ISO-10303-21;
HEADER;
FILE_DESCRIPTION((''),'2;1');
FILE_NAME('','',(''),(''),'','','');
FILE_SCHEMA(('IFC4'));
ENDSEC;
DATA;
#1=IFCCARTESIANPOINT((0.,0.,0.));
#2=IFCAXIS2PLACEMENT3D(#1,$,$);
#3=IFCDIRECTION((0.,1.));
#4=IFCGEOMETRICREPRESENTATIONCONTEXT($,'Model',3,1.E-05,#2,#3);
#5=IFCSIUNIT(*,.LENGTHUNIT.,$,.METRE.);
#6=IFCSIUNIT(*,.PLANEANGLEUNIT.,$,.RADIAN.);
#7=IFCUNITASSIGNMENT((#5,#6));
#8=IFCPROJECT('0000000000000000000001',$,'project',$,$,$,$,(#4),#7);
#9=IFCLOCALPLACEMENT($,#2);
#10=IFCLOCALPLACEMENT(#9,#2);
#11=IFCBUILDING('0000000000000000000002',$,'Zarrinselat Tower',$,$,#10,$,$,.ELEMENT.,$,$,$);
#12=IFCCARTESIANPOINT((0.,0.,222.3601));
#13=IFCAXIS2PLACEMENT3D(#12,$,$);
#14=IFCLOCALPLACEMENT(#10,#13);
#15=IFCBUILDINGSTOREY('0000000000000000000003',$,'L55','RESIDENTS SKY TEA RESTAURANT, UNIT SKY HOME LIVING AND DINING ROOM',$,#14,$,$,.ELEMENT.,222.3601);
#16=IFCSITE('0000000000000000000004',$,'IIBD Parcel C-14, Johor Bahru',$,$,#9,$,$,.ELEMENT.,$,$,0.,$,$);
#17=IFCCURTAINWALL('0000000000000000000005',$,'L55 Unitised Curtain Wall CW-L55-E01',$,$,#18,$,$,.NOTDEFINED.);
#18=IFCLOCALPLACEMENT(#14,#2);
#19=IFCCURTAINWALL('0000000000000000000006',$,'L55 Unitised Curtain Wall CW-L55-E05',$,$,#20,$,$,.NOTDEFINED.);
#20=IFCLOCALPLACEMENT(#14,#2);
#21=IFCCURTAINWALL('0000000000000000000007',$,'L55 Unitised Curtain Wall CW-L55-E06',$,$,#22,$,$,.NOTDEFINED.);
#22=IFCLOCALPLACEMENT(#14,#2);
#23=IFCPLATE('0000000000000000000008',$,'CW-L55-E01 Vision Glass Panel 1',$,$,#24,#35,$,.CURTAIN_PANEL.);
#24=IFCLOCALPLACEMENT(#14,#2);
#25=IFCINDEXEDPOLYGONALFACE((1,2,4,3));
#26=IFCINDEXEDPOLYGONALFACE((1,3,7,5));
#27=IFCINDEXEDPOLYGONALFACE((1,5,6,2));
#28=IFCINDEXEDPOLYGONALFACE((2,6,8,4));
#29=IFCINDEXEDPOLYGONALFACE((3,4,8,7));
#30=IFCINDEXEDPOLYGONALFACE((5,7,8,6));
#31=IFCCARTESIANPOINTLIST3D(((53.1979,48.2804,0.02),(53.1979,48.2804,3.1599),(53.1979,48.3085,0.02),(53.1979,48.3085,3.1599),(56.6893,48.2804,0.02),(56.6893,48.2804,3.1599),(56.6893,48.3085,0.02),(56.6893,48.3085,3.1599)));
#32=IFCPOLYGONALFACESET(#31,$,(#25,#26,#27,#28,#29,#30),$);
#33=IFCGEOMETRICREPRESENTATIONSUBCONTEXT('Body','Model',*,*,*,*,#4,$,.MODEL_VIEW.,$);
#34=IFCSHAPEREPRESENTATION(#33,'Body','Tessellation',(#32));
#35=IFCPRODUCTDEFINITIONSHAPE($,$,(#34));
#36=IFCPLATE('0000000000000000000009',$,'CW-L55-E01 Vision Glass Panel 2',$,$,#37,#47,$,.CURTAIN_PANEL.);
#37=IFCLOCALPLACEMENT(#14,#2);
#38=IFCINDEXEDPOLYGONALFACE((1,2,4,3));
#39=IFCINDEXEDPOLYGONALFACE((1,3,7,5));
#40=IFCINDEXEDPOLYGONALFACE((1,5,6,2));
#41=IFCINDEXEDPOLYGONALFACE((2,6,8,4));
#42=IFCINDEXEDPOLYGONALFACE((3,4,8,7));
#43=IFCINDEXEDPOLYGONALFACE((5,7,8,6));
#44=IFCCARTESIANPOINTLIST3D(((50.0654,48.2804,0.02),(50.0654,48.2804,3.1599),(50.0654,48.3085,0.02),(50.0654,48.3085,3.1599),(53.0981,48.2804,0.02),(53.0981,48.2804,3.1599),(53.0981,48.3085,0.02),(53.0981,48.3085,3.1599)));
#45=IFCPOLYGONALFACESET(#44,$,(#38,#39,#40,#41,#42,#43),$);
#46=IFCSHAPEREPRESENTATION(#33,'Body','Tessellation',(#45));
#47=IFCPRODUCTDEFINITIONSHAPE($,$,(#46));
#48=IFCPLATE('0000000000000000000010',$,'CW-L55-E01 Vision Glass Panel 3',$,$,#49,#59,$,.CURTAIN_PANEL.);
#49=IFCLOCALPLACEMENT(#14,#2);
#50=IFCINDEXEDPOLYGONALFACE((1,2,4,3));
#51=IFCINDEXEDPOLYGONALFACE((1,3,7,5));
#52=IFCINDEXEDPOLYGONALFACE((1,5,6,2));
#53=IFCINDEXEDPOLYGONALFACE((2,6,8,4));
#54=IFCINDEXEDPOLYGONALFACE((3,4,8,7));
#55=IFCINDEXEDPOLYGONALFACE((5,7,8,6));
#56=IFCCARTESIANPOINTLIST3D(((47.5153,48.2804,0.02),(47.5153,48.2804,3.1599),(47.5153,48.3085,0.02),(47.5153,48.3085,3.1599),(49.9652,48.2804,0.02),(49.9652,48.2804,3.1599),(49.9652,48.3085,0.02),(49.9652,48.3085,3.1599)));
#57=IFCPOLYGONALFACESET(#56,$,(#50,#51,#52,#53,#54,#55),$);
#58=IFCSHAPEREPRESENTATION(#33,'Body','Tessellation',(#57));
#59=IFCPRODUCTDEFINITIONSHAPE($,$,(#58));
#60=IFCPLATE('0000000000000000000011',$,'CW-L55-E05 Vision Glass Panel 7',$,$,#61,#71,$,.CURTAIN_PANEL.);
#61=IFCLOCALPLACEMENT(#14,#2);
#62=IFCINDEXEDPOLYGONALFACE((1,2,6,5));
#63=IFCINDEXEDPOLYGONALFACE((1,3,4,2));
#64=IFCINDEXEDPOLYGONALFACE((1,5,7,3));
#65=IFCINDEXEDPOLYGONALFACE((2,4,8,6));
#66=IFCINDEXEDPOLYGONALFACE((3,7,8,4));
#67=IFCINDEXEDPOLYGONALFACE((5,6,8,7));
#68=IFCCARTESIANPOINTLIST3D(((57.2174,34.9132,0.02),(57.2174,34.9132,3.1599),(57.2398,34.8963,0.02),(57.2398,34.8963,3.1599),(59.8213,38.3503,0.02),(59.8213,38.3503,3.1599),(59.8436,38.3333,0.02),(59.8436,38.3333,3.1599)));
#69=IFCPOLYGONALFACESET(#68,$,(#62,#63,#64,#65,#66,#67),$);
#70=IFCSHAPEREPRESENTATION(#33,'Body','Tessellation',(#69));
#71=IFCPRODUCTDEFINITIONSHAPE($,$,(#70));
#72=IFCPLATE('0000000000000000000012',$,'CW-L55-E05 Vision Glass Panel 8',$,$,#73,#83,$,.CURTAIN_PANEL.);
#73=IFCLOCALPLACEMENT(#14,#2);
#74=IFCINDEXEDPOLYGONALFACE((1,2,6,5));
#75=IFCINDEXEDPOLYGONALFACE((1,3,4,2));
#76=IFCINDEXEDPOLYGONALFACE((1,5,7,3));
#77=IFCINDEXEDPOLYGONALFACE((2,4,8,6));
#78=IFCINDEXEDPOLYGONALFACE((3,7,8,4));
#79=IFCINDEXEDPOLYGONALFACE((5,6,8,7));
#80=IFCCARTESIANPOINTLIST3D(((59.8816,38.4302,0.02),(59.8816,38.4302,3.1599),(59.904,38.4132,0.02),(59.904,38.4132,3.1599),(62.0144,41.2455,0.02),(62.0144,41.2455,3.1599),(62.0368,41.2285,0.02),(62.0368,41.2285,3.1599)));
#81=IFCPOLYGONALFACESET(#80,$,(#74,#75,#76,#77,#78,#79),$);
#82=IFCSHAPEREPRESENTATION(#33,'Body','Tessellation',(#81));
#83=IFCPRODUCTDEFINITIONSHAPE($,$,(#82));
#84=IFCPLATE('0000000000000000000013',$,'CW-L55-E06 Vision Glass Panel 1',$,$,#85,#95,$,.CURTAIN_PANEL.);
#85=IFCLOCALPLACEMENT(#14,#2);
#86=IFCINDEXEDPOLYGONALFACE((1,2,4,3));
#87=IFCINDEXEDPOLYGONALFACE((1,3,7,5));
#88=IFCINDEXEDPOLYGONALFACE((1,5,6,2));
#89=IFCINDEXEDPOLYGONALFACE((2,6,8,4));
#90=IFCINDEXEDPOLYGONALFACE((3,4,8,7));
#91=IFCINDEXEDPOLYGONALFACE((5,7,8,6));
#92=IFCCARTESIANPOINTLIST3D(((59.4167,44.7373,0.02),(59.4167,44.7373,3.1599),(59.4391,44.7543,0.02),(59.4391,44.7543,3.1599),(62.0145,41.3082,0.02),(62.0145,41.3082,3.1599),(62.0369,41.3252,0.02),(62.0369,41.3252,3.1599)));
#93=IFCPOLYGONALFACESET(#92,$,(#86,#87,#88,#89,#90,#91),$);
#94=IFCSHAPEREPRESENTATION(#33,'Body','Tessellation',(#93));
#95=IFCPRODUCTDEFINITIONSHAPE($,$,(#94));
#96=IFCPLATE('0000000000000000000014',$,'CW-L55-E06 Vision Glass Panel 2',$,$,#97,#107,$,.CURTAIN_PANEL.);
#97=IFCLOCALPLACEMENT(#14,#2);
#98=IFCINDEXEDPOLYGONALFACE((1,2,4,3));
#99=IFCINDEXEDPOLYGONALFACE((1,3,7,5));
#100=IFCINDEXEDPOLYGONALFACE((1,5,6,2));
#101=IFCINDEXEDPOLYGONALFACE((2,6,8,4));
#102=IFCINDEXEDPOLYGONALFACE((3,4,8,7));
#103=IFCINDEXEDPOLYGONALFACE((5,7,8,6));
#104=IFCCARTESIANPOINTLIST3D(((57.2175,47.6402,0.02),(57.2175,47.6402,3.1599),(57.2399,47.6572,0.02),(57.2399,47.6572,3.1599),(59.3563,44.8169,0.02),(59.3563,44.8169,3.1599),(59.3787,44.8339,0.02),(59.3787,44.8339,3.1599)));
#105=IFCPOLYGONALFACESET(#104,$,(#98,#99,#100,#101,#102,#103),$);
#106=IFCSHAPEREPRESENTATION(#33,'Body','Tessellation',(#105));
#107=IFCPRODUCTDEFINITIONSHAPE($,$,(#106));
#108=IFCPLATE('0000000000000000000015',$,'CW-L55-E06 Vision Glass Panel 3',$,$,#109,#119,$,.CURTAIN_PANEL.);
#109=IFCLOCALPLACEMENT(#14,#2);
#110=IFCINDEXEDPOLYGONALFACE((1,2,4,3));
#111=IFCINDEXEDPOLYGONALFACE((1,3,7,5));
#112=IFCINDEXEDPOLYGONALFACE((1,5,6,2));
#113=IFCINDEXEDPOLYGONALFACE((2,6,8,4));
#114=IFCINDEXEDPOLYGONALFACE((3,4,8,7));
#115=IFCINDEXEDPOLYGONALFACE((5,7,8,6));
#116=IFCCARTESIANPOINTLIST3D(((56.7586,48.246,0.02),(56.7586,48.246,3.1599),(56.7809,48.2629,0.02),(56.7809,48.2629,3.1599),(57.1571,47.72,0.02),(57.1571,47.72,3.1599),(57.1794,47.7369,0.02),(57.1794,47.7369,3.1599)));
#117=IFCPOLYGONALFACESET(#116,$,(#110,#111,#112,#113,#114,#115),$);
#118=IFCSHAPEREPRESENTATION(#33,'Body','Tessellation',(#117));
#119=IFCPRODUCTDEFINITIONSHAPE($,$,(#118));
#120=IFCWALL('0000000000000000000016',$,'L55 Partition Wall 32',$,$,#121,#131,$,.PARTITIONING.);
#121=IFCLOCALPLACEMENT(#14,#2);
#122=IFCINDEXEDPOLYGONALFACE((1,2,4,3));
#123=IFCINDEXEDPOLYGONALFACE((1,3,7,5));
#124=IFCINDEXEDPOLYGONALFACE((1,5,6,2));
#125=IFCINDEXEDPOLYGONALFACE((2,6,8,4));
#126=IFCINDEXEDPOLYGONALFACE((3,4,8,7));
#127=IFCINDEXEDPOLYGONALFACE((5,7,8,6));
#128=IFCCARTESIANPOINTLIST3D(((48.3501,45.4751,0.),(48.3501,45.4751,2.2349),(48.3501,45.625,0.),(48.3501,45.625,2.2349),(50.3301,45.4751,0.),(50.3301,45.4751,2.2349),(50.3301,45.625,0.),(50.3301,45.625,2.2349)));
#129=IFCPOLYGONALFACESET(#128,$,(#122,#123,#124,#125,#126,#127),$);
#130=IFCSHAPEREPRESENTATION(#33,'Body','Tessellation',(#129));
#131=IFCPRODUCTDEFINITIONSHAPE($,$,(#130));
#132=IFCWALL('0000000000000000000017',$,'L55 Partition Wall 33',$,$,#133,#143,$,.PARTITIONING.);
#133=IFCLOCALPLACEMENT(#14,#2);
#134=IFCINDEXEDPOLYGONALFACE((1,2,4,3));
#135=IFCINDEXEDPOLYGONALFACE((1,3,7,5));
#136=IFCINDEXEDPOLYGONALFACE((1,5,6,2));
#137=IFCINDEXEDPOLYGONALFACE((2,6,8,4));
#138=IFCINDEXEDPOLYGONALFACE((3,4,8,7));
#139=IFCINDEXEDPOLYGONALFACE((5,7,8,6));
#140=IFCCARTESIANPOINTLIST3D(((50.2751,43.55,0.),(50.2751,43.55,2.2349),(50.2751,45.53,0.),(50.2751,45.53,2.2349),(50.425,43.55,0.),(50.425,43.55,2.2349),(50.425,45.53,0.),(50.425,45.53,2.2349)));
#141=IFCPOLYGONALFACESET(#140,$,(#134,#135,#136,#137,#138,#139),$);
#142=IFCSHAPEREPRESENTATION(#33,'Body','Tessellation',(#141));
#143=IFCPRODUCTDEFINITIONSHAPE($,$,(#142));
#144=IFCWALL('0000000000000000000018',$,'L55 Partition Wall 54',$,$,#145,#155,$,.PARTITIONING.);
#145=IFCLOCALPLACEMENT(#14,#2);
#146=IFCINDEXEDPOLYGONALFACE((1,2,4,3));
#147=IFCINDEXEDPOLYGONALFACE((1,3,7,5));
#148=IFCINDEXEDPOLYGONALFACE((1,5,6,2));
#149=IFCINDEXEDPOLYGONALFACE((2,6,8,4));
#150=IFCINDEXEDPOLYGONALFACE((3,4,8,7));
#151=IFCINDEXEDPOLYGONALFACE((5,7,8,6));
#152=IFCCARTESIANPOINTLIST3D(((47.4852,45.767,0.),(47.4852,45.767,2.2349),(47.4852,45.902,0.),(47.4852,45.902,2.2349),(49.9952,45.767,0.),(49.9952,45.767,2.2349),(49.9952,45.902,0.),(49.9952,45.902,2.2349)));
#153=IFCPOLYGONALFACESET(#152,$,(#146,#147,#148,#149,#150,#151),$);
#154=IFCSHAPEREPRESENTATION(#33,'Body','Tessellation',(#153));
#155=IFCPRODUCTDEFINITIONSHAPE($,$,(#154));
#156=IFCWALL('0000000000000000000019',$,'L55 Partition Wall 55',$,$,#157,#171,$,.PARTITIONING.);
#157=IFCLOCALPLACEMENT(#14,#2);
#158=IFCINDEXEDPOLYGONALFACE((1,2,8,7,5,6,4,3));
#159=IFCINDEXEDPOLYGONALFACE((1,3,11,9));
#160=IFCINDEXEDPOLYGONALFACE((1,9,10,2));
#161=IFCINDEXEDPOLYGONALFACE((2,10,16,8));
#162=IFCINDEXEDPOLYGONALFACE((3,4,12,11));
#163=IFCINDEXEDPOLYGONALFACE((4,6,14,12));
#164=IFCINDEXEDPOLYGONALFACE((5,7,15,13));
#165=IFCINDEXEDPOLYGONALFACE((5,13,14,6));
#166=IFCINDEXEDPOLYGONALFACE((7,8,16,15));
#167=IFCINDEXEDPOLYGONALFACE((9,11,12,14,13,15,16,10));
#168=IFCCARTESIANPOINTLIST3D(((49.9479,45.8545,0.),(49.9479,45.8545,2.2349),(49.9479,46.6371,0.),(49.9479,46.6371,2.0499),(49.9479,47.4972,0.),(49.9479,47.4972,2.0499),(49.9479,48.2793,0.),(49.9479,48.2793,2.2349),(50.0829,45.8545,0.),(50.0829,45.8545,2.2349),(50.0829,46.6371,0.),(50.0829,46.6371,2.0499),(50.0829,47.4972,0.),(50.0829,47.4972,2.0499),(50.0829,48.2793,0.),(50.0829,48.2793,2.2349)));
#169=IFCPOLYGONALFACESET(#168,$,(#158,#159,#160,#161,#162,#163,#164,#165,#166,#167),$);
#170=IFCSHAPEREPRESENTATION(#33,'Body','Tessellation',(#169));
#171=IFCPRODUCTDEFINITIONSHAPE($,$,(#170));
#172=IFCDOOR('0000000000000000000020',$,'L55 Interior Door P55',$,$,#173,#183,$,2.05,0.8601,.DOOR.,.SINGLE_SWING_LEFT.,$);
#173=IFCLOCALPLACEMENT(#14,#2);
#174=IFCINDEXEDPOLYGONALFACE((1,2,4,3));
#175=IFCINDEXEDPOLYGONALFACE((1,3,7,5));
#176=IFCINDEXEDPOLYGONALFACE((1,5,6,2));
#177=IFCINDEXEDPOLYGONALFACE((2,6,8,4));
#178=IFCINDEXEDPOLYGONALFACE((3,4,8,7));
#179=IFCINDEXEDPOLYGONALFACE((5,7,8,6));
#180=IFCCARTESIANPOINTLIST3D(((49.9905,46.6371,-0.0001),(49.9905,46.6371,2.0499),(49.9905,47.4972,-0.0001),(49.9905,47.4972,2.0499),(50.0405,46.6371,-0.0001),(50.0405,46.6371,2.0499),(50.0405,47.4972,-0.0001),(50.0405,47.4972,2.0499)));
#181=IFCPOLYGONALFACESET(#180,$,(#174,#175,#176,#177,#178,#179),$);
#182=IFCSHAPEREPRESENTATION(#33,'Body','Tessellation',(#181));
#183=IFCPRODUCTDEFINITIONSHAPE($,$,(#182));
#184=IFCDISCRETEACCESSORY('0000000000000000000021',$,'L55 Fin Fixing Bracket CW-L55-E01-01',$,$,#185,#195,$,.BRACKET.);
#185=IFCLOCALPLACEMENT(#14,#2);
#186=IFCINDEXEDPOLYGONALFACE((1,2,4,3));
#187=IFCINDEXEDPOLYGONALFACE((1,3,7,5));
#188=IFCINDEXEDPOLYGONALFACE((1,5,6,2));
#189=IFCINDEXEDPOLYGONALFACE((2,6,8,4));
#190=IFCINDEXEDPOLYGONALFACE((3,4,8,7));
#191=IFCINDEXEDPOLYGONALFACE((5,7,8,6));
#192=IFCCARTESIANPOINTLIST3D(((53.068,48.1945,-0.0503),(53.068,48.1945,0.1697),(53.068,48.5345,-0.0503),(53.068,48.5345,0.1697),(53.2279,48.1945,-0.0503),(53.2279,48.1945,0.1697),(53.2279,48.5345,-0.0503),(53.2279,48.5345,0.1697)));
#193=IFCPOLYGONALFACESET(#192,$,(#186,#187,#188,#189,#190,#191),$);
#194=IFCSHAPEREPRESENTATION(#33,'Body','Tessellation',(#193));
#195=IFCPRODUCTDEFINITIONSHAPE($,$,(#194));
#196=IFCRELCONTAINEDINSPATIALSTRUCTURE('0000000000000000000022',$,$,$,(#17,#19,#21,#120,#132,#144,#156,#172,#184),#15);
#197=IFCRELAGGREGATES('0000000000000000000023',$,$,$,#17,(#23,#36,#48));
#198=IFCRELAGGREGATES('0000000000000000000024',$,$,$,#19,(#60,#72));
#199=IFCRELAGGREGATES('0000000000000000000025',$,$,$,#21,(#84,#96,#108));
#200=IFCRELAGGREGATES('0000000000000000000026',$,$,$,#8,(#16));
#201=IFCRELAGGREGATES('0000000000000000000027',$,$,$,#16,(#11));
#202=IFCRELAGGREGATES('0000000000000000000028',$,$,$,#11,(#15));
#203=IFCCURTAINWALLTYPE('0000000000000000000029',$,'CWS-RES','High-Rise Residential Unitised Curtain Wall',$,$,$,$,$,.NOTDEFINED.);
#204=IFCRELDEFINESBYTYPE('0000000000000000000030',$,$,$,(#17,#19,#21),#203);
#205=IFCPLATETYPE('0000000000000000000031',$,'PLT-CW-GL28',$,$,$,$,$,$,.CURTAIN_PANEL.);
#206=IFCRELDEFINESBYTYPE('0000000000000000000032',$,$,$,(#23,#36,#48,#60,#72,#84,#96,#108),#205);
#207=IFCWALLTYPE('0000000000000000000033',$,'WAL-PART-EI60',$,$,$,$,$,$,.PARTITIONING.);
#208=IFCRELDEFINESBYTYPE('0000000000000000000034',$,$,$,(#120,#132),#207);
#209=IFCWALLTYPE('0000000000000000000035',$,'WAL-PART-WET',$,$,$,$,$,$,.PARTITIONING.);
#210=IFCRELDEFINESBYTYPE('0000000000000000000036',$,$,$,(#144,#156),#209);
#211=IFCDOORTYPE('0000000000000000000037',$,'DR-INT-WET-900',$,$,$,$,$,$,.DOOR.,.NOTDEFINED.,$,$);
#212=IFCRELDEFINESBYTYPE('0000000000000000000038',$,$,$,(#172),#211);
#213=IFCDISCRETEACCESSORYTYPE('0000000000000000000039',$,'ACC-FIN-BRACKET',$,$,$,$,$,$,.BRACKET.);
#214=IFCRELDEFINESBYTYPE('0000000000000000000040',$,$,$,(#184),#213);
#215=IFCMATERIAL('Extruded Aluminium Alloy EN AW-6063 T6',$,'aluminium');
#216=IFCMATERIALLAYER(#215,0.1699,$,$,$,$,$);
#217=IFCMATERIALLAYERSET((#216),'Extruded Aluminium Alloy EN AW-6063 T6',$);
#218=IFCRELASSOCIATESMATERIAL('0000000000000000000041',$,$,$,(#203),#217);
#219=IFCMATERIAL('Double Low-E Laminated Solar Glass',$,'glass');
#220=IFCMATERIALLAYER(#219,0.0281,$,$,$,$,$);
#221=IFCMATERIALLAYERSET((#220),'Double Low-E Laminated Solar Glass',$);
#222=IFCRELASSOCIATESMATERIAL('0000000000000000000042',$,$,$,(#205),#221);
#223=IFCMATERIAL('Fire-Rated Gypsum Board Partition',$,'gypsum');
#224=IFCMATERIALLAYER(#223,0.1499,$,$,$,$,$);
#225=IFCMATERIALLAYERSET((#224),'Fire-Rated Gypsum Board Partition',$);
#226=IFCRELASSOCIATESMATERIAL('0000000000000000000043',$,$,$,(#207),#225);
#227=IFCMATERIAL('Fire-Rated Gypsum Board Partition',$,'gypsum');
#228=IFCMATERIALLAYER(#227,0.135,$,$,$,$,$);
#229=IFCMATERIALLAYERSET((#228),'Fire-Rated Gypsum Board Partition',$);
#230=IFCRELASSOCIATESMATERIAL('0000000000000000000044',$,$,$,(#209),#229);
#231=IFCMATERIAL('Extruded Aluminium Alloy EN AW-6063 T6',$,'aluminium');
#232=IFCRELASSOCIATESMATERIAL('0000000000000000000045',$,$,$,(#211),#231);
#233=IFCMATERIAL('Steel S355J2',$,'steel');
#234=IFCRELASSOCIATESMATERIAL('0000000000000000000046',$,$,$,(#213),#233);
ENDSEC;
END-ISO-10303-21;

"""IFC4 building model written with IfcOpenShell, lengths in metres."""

from ifc_helpers import new_model, si_unit, direction, frame, frame_2d, origin, origin_2d, place, context, subcontext, project, spatial, rectangle, extrude, material, layer, layer_set, type_object, element, fill, aggregate, save


model = new_model("IFC4")

# Units and contexts
model_context = context("Model", 3, precision=1e-05, world=origin(), true_north=direction((0.0, 1.0)))
body_context = subcontext(model_context, "Body", "Model", "MODEL_VIEW")
ifc_project = project(units=[si_unit("LENGTHUNIT", "METRE"), si_unit("PLANEANGLEUNIT", "RADIAN")], contexts=[model_context])

# Site, building, storey
site_placement = place(None, origin())
site = spatial("IfcSite", under=ifc_project, at=site_placement, Name="IIBD Parcel C-14, Johor Bahru", CompositionType="ELEMENT", RefElevation=0.0)
building_placement = place(site_placement, origin())
building = spatial("IfcBuilding", under=site, at=building_placement, Name="Zarrinselat Tower", CompositionType="ELEMENT")
storey_placement = place(building_placement, frame((0.0, 0.0, 222.3601)))
storey = spatial("IfcBuildingStorey", under=building, at=storey_placement, Name="L55", Description="RESIDENTS SKY TEA RESTAURANT, UNIT SKY HOME LIVING AND DINING ROOM", CompositionType="ELEMENT", Elevation=222.3601)

# Curtain walls
ifc_material_1 = material(Name="Extruded Aluminium Alloy EN AW-6063 T6", Category="aluminium")
ifc_layer_1 = layer(ifc_material_1, 0.1699)
ifc_layer_set_1 = layer_set([ifc_layer_1], Name="Extruded Aluminium Alloy EN AW-6063 T6")
curtain_wall_type = type_object("IfcCurtainWallType", Name="CWS-RES", Description="High-Rise Residential Unitised Curtain Wall", PredefinedType="NOTDEFINED", material=ifc_layer_set_1)
curtain_wall_1_placement = place(storey_placement, origin())
curtain_wall_1 = element("IfcCurtainWall", 1, at=curtain_wall_1_placement, inside=storey, type_object=curtain_wall_type, Name="L55 Unitised Curtain Wall CW-L55-E01", PredefinedType="NOTDEFINED")
curtain_wall_2_placement = place(storey_placement, origin())
curtain_wall_2 = element("IfcCurtainWall", 2, at=curtain_wall_2_placement, inside=storey, type_object=curtain_wall_type, Name="L55 Unitised Curtain Wall CW-L55-E05", PredefinedType="NOTDEFINED")
curtain_wall_3_placement = place(storey_placement, origin())
curtain_wall_3 = element("IfcCurtainWall", 3, at=curtain_wall_3_placement, inside=storey, type_object=curtain_wall_type, Name="L55 Unitised Curtain Wall CW-L55-E06", PredefinedType="NOTDEFINED")

# Plates
ifc_material_2 = material(Name="Double Low-E Laminated Solar Glass", Category="glass")
ifc_layer_2 = layer(ifc_material_2, 0.0281)
ifc_layer_set_2 = layer_set([ifc_layer_2], Name="Double Low-E Laminated Solar Glass")
plate_type = type_object("IfcPlateType", Name="PLT-CW-GL28", PredefinedType="CURTAIN_PANEL", material=ifc_layer_set_2)
plate_1_placement = place(storey_placement, frame((54.9436, 48.2944, 0.02), z_axis=(0.0, 0.0, 1.0), x_axis=(-1.0, 0.0, 0.0)))
plate_1 = element("IfcPlate", 4, at=plate_1_placement, type_object=plate_type, Name="CW-L55-E01 Vision Glass Panel 1", PredefinedType="CURTAIN_PANEL", context=body_context, shape_type="SweptSolid", body=[
    extrude(rectangle(XDim=3.4915, YDim=0.0281, at=origin_2d()), origin(), (0.0, 0.0, 1.0), 3.1399),
])
plate_2_placement = place(storey_placement, frame((51.5818, 48.2944, 0.02), z_axis=(0.0, 0.0, 1.0), x_axis=(-1.0, 0.0, 0.0)))
plate_2 = element("IfcPlate", 5, at=plate_2_placement, type_object=plate_type, Name="CW-L55-E01 Vision Glass Panel 2", PredefinedType="CURTAIN_PANEL", context=body_context, shape_type="SweptSolid", body=[
    extrude(rectangle(XDim=3.0327, YDim=0.0281, at=origin_2d()), origin(), (0.0, 0.0, 1.0), 3.1399),
])
plate_3_placement = place(storey_placement, frame((48.7402, 48.2944, 0.02), z_axis=(0.0, 0.0, 1.0), x_axis=(-1.0, 0.0, 0.0)))
plate_3 = element("IfcPlate", 6, at=plate_3_placement, type_object=plate_type, Name="CW-L55-E01 Vision Glass Panel 3", PredefinedType="CURTAIN_PANEL", context=body_context, shape_type="SweptSolid", body=[
    extrude(rectangle(XDim=2.45, YDim=0.0281, at=origin_2d()), origin(), (0.0, 0.0, 1.0), 3.1399),
])
aggregate(curtain_wall_1, [plate_1, plate_2, plate_3])
plate_4_placement = place(storey_placement, frame((58.5305, 36.6233, 0.02), z_axis=(0.0, 0.0, 1.0), x_axis=(0.603859, 0.797091, 0.0)))
plate_4 = element("IfcPlate", 7, at=plate_4_placement, type_object=plate_type, Name="CW-L55-E05 Vision Glass Panel 7", PredefinedType="CURTAIN_PANEL", context=body_context, shape_type="SweptSolid", body=[
    extrude(rectangle(XDim=4.312, YDim=0.0281, at=origin_2d()), origin(), (0.0, 0.0, 1.0), 3.1399),
])
plate_5_placement = place(storey_placement, frame((60.9592, 39.8293, 0.02), z_axis=(0.0, 0.0, 1.0), x_axis=(0.603859, 0.797091, 0.0)))
plate_5 = element("IfcPlate", 8, at=plate_5_placement, type_object=plate_type, Name="CW-L55-E05 Vision Glass Panel 8", PredefinedType="CURTAIN_PANEL", context=body_context, shape_type="SweptSolid", body=[
    extrude(rectangle(XDim=3.532, YDim=0.0281, at=origin_2d()), origin(), (0.0, 0.0, 1.0), 3.1399),
])
aggregate(curtain_wall_2, [plate_4, plate_5])
plate_6_placement = place(storey_placement, frame((60.7268, 43.0312, 0.02), z_axis=(0.0, 0.0, 1.0), x_axis=(-0.60386, 0.79709, 0.0)))
plate_6 = element("IfcPlate", 9, at=plate_6_placement, type_object=plate_type, Name="CW-L55-E06 Vision Glass Panel 1", PredefinedType="CURTAIN_PANEL", context=body_context, shape_type="SweptSolid", body=[
    extrude(rectangle(XDim=4.302, YDim=0.0281, at=origin_2d()), origin(), (0.0, 0.0, 1.0), 3.1399),
])
plate_7_placement = place(storey_placement, frame((58.2981, 46.2371, 0.02), z_axis=(0.0, 0.0, 1.0), x_axis=(-0.60386, 0.79709, 0.0)))
plate_7 = element("IfcPlate", 10, at=plate_7_placement, type_object=plate_type, Name="CW-L55-E06 Vision Glass Panel 2", PredefinedType="CURTAIN_PANEL", context=body_context, shape_type="SweptSolid", body=[
    extrude(rectangle(XDim=3.542, YDim=0.0281, at=origin_2d()), origin(), (0.0, 0.0, 1.0), 3.1399),
])
plate_8_placement = place(storey_placement, frame((56.969, 47.9915, 0.02), z_axis=(0.0, 0.0, 1.0), x_axis=(-0.60386, 0.79709, 0.0)))
plate_8 = element("IfcPlate", 11, at=plate_8_placement, type_object=plate_type, Name="CW-L55-E06 Vision Glass Panel 3", PredefinedType="CURTAIN_PANEL", context=body_context, shape_type="SweptSolid", body=[
    extrude(rectangle(XDim=0.6599, YDim=0.0281, at=origin_2d()), origin(), (0.0, 0.0, 1.0), 3.1399),
])
aggregate(curtain_wall_3, [plate_6, plate_7, plate_8])

# Walls
ifc_material_3 = material(Name="Fire-Rated Gypsum Board Partition", Category="gypsum")
ifc_layer_3 = layer(ifc_material_3, 0.1499)
ifc_layer_set_3 = layer_set([ifc_layer_3], Name="Fire-Rated Gypsum Board Partition")
wall_type_1 = type_object("IfcWallType", Name="WAL-PART-EI60", PredefinedType="PARTITIONING", material=ifc_layer_set_3)
for number, where, z_axis, x_axis, name in (
    (12, (48.3501, 45.55, 0.0), (0.0, 0.0, 1.0), (1.0, 0.0, 0.0), "L55 Partition Wall 32"),
    (13, (50.3501, 43.55, 0.0), (0.0, 0.0, 1.0), (0.0, 1.0, 0.0), "L55 Partition Wall 33"),
):
    element("IfcWall", number, at=place(storey_placement, frame(where, z_axis=z_axis, x_axis=x_axis)), inside=storey, type_object=wall_type_1, Name=name, PredefinedType="PARTITIONING", context=body_context, shape_type="SweptSolid", body=[
        extrude(rectangle(XDim=1.98, YDim=0.1499, at=frame_2d((0.99, 0.0))), origin(), (0.0, 0.0, 1.0), 2.2349),
    ])
ifc_material_4 = material(Name="Fire-Rated Gypsum Board Partition", Category="gypsum")
ifc_layer_4 = layer(ifc_material_4, 0.135)
ifc_layer_set_4 = layer_set([ifc_layer_4], Name="Fire-Rated Gypsum Board Partition")
wall_type_2 = type_object("IfcWallType", Name="WAL-PART-WET", PredefinedType="PARTITIONING", material=ifc_layer_set_4)
wall_1_placement = place(storey_placement, frame((47.4854, 45.8345, 0.0), z_axis=(0.0, 0.0, 1.0), x_axis=(1.0, 0.0, 0.0)))
element("IfcWall", 14, at=wall_1_placement, inside=storey, type_object=wall_type_2, Name="L55 Partition Wall 54", PredefinedType="PARTITIONING", context=body_context, shape_type="SweptSolid", body=[
    extrude(rectangle(XDim=2.51, YDim=0.135, at=frame_2d((1.2549, 0.0))), origin(), (0.0, 0.0, 1.0), 2.2349),
])

# Wall, opening, door
wall_2_placement = place(storey_placement, frame((50.0154, 45.8545, 0.0), z_axis=(0.0, 0.0, 1.0), x_axis=(0.0, 1.0, 0.0)))
wall_2 = element("IfcWall", 15, at=wall_2_placement, inside=storey, type_object=wall_type_2, Name="L55 Partition Wall 55", PredefinedType="PARTITIONING", context=body_context, shape_type="SweptSolid", body=[
    extrude(rectangle(XDim=2.4248, YDim=0.135, at=frame_2d((1.2124, 0.0))), origin(), (0.0, 0.0, 1.0), 2.2349),
])
opening_placement = place(wall_2_placement, frame((0.7825, 0.0, 0.0)))
opening = element("IfcOpeningElement", 16, at=opening_placement, cuts=wall_2, PredefinedType="OPENING", context=body_context, shape_type="SweptSolid", body=[
    extrude(rectangle(XDim=0.8601, YDim=2.05, at=frame_2d((0.4302, 1.0249))), frame((0.0, 0.0774, 0.0), z_axis=(0.0, -1.0, 0.0), x_axis=(1.0, 0.0, 0.0)), (0.0, 0.0, 1.0), 0.155),
])
ifc_material_5 = material(Name="Extruded Aluminium Alloy EN AW-6063 T6", Category="aluminium")
door_type = type_object("IfcDoorType", Name="DR-INT-WET-900", OperationType="NOTDEFINED", PredefinedType="DOOR", material=ifc_material_5)
door_placement = place(opening_placement, origin())
door = element("IfcDoor", 17, at=door_placement, inside=storey, type_object=door_type, Name="L55 Interior Door P55", OperationType="SINGLE_SWING_LEFT", OverallHeight=2.05, OverallWidth=0.8601, PredefinedType="DOOR", context=body_context, shape_type="SweptSolid", body=[
    extrude(rectangle(XDim=0.8601, YDim=2.05, at=frame_2d((0.4302, 1.0249))), frame((0.0, 0.0249, 0.0), z_axis=(0.0, -1.0, 0.0), x_axis=(1.0, 0.0, 0.0)), (0.0, 0.0, 1.0), 0.05),
])
fill(opening, door)

# Discrete accessory
ifc_material_6 = material(Name="Steel S355J2", Category="steel")
discrete_accessory_type = type_object("IfcDiscreteAccessoryType", Name="ACC-FIN-BRACKET", PredefinedType="BRACKET", material=ifc_material_6)
for number, where, z_axis, x_axis, name in (
    (18, (53.1479, 48.3645, -0.0503), (0.0, 0.0, 1.0), (0.0, 1.0, 0.0), "L55 Fin Fixing Bracket CW-L55-E01-01"),
):
    element("IfcDiscreteAccessory", number, at=place(storey_placement, frame(where, z_axis=z_axis, x_axis=x_axis)), inside=storey, type_object=discrete_accessory_type, Name=name, PredefinedType="BRACKET", context=body_context, shape_type="SweptSolid", body=[
        extrude(rectangle(XDim=0.3401, YDim=0.1599, at=origin_2d()), origin(), (0.0, 0.0, 1.0), 0.22),
    ])

save(model, "model.ifc")
